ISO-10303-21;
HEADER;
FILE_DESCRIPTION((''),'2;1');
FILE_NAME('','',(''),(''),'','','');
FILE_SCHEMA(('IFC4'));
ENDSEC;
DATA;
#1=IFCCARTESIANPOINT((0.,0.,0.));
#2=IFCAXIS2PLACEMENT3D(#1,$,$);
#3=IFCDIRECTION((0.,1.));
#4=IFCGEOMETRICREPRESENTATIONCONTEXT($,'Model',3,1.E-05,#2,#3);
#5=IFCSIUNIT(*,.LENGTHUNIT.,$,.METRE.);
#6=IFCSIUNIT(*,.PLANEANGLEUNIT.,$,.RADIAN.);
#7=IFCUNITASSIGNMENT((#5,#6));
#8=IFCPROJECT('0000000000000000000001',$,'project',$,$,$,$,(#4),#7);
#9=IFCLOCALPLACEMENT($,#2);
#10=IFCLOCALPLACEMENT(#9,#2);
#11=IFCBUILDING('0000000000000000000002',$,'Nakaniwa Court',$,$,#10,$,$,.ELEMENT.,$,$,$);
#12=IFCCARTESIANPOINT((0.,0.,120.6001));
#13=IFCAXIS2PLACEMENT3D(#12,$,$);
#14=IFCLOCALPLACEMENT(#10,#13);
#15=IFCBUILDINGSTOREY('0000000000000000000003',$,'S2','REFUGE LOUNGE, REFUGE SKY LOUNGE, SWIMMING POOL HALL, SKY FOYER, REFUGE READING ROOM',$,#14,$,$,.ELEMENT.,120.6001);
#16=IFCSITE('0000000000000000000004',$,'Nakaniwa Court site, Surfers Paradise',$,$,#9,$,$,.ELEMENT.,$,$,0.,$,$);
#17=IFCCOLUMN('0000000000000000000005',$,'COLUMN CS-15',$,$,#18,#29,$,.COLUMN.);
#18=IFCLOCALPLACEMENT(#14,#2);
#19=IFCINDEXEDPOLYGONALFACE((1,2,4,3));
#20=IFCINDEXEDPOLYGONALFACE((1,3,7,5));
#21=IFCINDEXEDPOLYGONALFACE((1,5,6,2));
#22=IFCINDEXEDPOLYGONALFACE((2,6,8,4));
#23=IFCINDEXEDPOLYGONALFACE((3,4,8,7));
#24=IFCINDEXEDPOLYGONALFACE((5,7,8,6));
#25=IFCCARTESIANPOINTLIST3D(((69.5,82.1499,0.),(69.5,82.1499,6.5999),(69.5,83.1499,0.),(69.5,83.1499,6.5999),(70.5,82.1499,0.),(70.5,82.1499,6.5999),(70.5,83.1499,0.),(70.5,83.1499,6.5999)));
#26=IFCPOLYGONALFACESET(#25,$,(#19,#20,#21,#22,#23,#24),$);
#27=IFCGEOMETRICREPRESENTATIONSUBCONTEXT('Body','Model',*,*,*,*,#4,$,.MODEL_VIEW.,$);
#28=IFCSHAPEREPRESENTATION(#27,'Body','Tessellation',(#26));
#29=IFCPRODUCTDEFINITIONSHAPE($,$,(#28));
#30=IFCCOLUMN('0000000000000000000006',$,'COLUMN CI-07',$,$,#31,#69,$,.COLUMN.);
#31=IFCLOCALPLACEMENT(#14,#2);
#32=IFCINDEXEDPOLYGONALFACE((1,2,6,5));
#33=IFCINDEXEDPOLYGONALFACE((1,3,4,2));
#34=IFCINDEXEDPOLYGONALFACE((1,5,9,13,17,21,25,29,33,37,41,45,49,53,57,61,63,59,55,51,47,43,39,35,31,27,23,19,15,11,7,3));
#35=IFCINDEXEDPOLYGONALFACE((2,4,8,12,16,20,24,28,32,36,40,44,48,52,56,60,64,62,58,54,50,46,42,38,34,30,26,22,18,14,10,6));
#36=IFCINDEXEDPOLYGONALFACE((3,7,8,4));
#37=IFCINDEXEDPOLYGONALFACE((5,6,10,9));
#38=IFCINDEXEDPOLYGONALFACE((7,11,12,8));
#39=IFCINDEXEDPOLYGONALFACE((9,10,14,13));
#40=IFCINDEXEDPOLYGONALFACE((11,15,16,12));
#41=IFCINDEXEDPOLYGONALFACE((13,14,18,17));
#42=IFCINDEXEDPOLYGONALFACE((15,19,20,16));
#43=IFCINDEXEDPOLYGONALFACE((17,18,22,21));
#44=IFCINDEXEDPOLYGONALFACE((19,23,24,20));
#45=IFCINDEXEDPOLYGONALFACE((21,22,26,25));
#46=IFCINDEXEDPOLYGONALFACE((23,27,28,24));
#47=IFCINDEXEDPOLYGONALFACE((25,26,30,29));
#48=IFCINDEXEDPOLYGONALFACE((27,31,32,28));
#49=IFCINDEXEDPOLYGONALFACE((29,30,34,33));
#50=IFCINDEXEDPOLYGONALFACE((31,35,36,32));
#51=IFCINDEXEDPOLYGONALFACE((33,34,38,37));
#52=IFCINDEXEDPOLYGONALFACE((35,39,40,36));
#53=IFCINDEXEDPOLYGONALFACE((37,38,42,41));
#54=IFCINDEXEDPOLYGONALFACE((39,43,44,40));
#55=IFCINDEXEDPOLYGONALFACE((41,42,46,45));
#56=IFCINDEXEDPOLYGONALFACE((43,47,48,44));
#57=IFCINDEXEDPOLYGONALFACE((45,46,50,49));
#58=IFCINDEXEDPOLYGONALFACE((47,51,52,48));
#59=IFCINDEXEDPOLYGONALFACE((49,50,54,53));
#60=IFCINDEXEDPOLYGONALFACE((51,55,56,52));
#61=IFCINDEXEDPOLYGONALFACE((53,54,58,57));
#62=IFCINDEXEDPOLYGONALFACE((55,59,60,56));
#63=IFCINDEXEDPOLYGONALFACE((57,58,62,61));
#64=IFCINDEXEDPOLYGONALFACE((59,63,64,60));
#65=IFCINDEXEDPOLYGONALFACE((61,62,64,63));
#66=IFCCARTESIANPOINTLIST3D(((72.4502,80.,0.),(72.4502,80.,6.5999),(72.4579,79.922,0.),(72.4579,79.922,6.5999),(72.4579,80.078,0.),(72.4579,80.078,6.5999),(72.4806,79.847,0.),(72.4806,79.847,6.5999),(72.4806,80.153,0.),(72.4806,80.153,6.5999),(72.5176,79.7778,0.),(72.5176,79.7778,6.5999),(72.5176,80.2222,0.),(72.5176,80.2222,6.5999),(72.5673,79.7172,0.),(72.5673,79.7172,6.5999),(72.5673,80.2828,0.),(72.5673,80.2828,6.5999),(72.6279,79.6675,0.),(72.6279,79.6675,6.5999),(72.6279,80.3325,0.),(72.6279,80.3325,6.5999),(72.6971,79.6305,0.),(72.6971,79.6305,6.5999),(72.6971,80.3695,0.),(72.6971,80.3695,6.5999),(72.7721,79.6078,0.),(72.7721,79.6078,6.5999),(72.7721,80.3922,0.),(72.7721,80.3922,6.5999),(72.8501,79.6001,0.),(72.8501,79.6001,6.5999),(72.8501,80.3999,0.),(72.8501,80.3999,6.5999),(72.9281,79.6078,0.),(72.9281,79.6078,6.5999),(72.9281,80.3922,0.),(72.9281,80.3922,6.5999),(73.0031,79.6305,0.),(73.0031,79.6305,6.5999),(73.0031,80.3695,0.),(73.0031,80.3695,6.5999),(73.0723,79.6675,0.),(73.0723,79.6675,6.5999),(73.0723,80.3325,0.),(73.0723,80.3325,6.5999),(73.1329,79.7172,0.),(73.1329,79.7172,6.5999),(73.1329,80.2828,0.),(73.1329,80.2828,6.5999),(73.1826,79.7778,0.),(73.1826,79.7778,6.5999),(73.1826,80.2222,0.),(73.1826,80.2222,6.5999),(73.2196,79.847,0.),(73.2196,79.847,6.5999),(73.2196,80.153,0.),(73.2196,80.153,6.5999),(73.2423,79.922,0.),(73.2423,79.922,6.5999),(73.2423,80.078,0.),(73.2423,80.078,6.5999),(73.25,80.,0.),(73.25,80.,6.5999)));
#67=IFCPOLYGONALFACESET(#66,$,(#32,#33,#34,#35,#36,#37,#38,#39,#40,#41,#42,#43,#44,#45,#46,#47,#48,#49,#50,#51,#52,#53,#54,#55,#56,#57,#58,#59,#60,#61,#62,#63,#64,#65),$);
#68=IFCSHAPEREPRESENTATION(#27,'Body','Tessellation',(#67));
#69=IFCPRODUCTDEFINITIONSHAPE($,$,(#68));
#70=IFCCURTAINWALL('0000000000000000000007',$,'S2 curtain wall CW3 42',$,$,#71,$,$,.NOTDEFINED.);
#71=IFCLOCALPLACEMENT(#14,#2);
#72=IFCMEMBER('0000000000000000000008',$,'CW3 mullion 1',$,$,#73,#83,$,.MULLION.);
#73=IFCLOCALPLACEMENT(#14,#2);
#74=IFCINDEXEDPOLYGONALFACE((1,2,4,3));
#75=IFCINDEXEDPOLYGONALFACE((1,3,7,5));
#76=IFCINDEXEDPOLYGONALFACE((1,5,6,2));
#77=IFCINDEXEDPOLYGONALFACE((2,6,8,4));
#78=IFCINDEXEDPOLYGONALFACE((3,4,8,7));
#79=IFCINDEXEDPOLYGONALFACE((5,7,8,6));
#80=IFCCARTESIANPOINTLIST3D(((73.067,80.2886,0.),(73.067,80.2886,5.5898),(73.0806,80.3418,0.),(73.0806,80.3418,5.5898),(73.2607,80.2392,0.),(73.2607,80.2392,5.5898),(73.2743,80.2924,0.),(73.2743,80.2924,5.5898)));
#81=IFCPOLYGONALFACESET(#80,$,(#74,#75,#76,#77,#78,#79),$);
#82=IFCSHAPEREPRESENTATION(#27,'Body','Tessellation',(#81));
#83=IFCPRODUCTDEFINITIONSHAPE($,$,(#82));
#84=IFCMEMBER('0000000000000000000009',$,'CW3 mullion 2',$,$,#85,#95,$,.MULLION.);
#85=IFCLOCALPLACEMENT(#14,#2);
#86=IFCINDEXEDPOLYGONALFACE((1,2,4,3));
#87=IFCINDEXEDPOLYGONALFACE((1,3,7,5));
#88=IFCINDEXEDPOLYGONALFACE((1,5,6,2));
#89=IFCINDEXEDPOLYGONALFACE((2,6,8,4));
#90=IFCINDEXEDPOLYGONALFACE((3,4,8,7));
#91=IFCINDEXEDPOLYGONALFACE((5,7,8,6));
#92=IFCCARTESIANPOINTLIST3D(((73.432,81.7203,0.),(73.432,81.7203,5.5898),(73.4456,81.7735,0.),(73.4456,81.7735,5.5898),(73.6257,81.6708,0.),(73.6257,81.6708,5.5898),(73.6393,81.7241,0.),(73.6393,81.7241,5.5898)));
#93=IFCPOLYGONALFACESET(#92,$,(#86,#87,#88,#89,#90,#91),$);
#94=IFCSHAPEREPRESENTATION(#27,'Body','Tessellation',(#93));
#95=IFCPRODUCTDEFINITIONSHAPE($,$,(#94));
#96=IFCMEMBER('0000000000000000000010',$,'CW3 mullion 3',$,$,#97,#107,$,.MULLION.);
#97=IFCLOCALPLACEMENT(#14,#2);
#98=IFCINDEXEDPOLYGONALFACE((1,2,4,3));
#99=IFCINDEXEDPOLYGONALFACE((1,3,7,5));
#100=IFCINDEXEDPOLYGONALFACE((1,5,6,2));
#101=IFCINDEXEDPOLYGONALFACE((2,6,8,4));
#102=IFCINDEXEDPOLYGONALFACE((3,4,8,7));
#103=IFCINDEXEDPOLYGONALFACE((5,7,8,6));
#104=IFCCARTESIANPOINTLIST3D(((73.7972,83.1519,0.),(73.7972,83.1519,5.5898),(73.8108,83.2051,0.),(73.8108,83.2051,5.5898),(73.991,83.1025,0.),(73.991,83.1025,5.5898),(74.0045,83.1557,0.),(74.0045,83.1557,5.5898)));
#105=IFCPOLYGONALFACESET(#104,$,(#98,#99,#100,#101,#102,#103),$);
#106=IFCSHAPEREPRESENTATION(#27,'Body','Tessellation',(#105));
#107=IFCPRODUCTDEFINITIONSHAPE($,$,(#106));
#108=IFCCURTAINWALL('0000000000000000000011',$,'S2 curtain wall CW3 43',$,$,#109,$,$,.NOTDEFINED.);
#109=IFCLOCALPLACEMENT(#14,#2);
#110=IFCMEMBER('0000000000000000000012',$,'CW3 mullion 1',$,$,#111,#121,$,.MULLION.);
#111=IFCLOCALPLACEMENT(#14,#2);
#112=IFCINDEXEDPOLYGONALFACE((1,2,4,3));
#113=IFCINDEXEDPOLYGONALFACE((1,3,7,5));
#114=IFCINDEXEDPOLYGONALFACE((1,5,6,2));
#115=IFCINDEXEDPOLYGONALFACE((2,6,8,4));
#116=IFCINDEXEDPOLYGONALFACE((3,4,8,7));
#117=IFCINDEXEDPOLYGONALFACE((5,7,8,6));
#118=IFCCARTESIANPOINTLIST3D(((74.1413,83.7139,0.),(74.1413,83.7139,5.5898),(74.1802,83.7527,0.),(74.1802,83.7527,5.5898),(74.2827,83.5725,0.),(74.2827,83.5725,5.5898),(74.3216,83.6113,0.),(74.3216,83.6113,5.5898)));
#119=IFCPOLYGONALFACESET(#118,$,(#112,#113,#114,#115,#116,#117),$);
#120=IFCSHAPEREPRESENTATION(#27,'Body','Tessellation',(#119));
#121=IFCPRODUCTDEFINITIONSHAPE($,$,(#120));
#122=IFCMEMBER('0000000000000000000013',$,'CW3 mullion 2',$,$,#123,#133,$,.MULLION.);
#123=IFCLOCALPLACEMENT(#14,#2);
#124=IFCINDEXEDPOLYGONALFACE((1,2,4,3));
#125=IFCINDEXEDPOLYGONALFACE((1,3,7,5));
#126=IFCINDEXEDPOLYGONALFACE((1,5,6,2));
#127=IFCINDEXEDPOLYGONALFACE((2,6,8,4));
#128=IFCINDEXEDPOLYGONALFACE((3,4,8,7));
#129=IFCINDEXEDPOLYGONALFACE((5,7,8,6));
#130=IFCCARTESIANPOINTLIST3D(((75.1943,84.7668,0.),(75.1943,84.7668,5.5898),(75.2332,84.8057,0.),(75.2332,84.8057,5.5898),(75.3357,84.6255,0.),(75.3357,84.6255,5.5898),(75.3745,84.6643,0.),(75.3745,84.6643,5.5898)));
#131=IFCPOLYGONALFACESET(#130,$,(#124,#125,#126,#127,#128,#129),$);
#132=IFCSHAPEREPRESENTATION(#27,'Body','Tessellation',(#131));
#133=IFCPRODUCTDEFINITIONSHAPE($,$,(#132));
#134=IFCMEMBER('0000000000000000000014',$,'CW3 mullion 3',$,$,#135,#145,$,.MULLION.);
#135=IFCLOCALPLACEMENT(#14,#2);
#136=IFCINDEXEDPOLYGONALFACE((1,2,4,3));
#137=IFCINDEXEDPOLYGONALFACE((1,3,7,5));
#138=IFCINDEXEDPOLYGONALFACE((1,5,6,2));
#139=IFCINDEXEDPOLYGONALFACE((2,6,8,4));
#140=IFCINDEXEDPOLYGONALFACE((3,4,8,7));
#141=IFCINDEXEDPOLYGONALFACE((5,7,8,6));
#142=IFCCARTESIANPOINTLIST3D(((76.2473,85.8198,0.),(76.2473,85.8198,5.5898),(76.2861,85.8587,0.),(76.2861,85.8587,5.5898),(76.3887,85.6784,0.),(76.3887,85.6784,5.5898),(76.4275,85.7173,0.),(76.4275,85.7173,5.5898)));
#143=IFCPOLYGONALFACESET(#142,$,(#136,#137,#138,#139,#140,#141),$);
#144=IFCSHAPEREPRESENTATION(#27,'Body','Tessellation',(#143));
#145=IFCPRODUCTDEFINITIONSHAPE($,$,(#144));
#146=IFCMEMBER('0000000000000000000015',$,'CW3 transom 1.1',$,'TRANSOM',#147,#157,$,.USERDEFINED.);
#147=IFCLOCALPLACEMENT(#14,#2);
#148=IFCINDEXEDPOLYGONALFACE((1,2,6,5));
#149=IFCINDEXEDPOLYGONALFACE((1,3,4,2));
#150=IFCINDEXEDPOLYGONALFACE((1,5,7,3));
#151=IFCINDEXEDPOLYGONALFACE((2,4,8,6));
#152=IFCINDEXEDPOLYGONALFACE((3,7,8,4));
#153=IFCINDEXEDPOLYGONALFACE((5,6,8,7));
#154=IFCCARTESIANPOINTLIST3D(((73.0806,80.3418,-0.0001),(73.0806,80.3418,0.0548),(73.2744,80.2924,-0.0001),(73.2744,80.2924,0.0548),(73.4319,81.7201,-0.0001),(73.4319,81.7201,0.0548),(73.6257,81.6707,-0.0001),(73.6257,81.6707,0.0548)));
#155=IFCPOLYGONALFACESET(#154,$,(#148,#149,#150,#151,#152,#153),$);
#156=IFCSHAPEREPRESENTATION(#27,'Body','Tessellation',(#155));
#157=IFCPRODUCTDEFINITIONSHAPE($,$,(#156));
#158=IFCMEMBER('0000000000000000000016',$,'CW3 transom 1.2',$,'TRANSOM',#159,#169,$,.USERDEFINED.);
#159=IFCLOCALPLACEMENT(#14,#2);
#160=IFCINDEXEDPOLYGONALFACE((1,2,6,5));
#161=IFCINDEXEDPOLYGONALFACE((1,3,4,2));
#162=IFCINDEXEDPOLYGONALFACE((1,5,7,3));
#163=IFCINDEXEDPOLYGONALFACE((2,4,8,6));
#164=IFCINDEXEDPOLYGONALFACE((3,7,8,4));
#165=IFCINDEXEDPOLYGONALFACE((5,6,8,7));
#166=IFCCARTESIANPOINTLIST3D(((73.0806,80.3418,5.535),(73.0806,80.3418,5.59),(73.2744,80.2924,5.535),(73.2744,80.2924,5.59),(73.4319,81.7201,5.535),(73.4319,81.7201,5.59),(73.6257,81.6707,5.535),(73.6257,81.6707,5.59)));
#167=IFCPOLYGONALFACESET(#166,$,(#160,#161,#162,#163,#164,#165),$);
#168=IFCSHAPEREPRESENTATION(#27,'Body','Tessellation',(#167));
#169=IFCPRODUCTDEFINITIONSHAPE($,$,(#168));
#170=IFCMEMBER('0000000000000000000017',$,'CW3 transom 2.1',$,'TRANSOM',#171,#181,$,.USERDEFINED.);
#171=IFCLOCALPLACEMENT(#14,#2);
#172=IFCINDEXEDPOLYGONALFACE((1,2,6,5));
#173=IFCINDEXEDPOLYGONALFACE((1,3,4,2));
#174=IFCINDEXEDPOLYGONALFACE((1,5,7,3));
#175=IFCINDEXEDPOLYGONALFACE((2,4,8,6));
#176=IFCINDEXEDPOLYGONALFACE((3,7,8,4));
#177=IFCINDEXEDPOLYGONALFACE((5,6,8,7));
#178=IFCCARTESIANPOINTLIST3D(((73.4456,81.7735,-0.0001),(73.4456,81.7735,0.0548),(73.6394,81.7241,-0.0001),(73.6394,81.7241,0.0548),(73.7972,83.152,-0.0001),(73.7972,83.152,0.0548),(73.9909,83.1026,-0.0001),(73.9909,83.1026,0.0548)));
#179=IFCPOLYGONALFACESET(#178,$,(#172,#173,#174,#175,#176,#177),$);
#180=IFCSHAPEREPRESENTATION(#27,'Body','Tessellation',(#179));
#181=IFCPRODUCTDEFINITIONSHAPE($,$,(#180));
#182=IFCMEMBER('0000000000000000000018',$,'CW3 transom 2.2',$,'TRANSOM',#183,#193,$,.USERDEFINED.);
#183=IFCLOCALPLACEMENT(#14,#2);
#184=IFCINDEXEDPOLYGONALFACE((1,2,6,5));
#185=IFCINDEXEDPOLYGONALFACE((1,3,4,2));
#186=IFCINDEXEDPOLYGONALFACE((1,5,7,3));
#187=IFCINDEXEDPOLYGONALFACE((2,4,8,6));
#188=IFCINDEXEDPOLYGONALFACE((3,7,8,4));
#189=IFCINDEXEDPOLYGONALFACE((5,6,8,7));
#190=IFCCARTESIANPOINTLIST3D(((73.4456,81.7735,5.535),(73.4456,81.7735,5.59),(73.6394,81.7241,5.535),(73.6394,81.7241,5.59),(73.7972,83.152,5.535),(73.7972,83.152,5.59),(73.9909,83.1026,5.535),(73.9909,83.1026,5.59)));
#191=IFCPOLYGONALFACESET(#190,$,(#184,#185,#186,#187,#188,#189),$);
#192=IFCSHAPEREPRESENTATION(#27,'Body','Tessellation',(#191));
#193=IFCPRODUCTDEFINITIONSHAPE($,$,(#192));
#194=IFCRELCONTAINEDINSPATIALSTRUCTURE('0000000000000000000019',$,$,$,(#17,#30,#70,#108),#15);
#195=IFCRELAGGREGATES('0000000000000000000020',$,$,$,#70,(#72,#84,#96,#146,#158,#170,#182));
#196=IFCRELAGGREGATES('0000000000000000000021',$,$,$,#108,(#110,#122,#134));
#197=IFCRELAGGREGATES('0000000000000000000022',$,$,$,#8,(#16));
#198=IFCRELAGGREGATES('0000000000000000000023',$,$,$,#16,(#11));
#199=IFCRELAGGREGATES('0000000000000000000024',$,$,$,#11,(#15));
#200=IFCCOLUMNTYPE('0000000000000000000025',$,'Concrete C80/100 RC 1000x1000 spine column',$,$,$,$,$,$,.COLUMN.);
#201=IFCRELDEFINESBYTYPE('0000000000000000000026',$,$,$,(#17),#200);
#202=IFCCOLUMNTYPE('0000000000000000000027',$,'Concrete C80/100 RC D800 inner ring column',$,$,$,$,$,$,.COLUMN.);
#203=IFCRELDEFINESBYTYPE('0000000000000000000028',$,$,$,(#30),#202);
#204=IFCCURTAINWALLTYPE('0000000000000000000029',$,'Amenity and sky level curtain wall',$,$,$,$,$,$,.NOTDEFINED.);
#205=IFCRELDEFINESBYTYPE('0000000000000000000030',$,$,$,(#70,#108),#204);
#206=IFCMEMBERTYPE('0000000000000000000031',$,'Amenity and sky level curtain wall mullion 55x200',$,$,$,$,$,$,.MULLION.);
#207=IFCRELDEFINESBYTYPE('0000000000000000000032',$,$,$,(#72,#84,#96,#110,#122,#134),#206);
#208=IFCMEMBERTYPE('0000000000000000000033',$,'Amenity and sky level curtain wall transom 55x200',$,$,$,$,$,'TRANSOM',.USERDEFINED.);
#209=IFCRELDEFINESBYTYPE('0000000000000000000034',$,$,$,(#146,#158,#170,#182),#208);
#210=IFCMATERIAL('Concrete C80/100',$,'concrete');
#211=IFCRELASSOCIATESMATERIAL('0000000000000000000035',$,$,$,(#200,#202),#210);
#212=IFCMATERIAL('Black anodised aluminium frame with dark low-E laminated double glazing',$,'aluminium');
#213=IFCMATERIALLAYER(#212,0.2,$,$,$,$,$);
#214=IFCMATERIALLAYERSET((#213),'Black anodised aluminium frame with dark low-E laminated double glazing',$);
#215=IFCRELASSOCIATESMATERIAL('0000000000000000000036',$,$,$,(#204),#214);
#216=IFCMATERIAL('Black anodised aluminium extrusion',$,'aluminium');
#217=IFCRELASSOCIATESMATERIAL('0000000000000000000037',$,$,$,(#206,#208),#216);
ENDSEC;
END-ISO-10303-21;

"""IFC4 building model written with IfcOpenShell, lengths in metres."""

from ifc_helpers import new_model, si_unit, direction, frame, origin, origin_2d, place, context, subcontext, project, spatial, rectangle, circle, extrude, material, layer, layer_set, material_profile, profile_set, type_object, element, aggregate, save


model = new_model("IFC4")

# Units and contexts
model_context = context("Model", 3, precision=1e-05, world=origin(), true_north=direction((0.0, 1.0)))
body_context = subcontext(model_context, "Body", "Model", "MODEL_VIEW")
ifc_project = project(units=[si_unit("LENGTHUNIT", "METRE"), si_unit("PLANEANGLEUNIT", "RADIAN")], contexts=[model_context])

# Site, building, storey
site_placement = place(None, origin())
site = spatial("IfcSite", under=ifc_project, at=site_placement, Name="Nakaniwa Court site, Surfers Paradise", CompositionType="ELEMENT", RefElevation=0.0)
building_placement = place(site_placement, origin())
building = spatial("IfcBuilding", under=site, at=building_placement, Name="Nakaniwa Court", CompositionType="ELEMENT")
storey_placement = place(building_placement, frame((0.0, 0.0, 120.6001)))
storey = spatial("IfcBuildingStorey", under=building, at=storey_placement, Name="S2", Description="REFUGE LOUNGE, REFUGE SKY LOUNGE, SWIMMING POOL HALL, SKY FOYER, REFUGE READING ROOM", CompositionType="ELEMENT", Elevation=120.6001)

# Columns
ifc_material_1 = material(Name="Concrete C80/100", Category="concrete")
ifc_material_profile_1 = material_profile(ifc_material_1, rectangle(XDim=1.0, YDim=1.0, at=origin_2d()), Name="Concrete C80/100 RC 1000x1000 spine column")
ifc_profile_set_1 = profile_set([ifc_material_profile_1], Name="Concrete C80/100")
column_type_1 = type_object("IfcColumnType", Name="Concrete C80/100 RC 1000x1000 spine column", PredefinedType="COLUMN", material=ifc_profile_set_1)
column_placement = place(storey_placement, frame((70.0, 82.6499, 0.0), z_axis=(0.0, 0.0, 1.0), x_axis=(0.0, -1.0, 0.0)))
element("IfcColumn", 1, at=column_placement, inside=storey, type_object=column_type_1, Name="COLUMN CS-15", PredefinedType="COLUMN", context=body_context, shape_type="SweptSolid", body=[
    extrude(rectangle(XDim=1.0, YDim=1.0, at=origin_2d()), origin(), (0.0, 0.0, 1.0), 6.5999),
])
ifc_material_profile_2 = material_profile(ifc_material_1, circle(Radius=0.3999, at=origin_2d()), Name="Concrete C80/100 RC D800 inner ring column")
ifc_profile_set_2 = profile_set([ifc_material_profile_2], Name="Concrete C80/100")
column_type_2 = type_object("IfcColumnType", Name="Concrete C80/100 RC D800 inner ring column", PredefinedType="COLUMN", material=ifc_profile_set_2)
for number, where, z_axis, x_axis, name in (
    (2, (72.8501, 80.0, 0.0), (0.0, 0.0, 1.0), (0.0, -1.0, 0.0), "COLUMN CI-07"),
):
    element("IfcColumn", number, at=place(storey_placement, frame(where, z_axis=z_axis, x_axis=x_axis)), inside=storey, type_object=column_type_2, Name=name, PredefinedType="COLUMN", context=body_context, shape_type="SweptSolid", body=[
        extrude(circle(Radius=0.3999, at=origin_2d()), origin(), (0.0, 0.0, 1.0), 6.5999),
    ])

# Curtain walls, members
ifc_material_2 = material(Name="Black anodised aluminium frame with dark low-E laminated double glazing", Category="aluminium")
ifc_layer_1 = layer(ifc_material_2, 0.2)
ifc_layer_set_1 = layer_set([ifc_layer_1], Name="Black anodised aluminium frame with dark low-E laminated double glazing")
curtain_wall_type = type_object("IfcCurtainWallType", Name="Amenity and sky level curtain wall", PredefinedType="NOTDEFINED", material=ifc_layer_set_1)
curtain_wall_1_placement = place(storey_placement, origin())
curtain_wall_1 = element("IfcCurtainWall", 3, at=curtain_wall_1_placement, inside=storey, type_object=curtain_wall_type, Name="S2 curtain wall CW3 42", PredefinedType="NOTDEFINED")
ifc_material_3 = material(Name="Black anodised aluminium extrusion", Category="aluminium")
ifc_material_profile_3 = material_profile(ifc_material_3, rectangle(XDim=0.2, YDim=0.0549, at=origin_2d()), Name="Amenity and sky level curtain wall mullion 55x200")
ifc_profile_set_3 = profile_set([ifc_material_profile_3], Name="Black anodised aluminium extrusion")
member_type_1 = type_object("IfcMemberType", Name="Amenity and sky level curtain wall mullion 55x200", PredefinedType="MULLION", material=ifc_profile_set_3)
member_1_placement = place(storey_placement, frame((73.1707, 80.2905, 0.0), z_axis=(0.0, 0.0, 1.0), x_axis=(-0.968986, 0.247114, 0.0)))
member_1 = element("IfcMember", 4, at=member_1_placement, type_object=member_type_1, Name="CW3 mullion 1", PredefinedType="MULLION", context=body_context, shape_type="SweptSolid", body=[
    extrude(rectangle(XDim=0.2, YDim=0.0549, at=origin_2d()), origin(), (0.0, 0.0, 1.0), 5.5898),
])
member_2_placement = place(storey_placement, frame((73.5356, 81.7222, 0.0), z_axis=(0.0, 0.0, 1.0), x_axis=(-0.968986, 0.247114, 0.0)))
member_2 = element("IfcMember", 5, at=member_2_placement, type_object=member_type_1, Name="CW3 mullion 2", PredefinedType="MULLION", context=body_context, shape_type="SweptSolid", body=[
    extrude(rectangle(XDim=0.2, YDim=0.0549, at=origin_2d()), origin(), (0.0, 0.0, 1.0), 5.5898),
])
member_3_placement = place(storey_placement, frame((73.9009, 83.1538, 0.0), z_axis=(0.0, 0.0, 1.0), x_axis=(-0.968986, 0.247114, 0.0)))
member_3 = element("IfcMember", 6, at=member_3_placement, type_object=member_type_1, Name="CW3 mullion 3", PredefinedType="MULLION", context=body_context, shape_type="SweptSolid", body=[
    extrude(rectangle(XDim=0.2, YDim=0.0549, at=origin_2d()), origin(), (0.0, 0.0, 1.0), 5.5898),
])
curtain_wall_2_placement = place(storey_placement, origin())
curtain_wall_2 = element("IfcCurtainWall", 7, at=curtain_wall_2_placement, inside=storey, type_object=curtain_wall_type, Name="S2 curtain wall CW3 43", PredefinedType="NOTDEFINED")
member_4_placement = place(storey_placement, frame((74.2314, 83.6626, 0.0), z_axis=(0.0, 0.0, 1.0), x_axis=(-0.707107, 0.707107, 0.0)))
member_4 = element("IfcMember", 8, at=member_4_placement, type_object=member_type_1, Name="CW3 mullion 1", PredefinedType="MULLION", context=body_context, shape_type="SweptSolid", body=[
    extrude(rectangle(XDim=0.2, YDim=0.0549, at=origin_2d()), origin(), (0.0, 0.0, 1.0), 5.5898),
])
member_5_placement = place(storey_placement, frame((75.2844, 84.7156, 0.0), z_axis=(0.0, 0.0, 1.0), x_axis=(-0.707107, 0.707107, 0.0)))
member_5 = element("IfcMember", 9, at=member_5_placement, type_object=member_type_1, Name="CW3 mullion 2", PredefinedType="MULLION", context=body_context, shape_type="SweptSolid", body=[
    extrude(rectangle(XDim=0.2, YDim=0.0549, at=origin_2d()), origin(), (0.0, 0.0, 1.0), 5.5898),
])
member_6_placement = place(storey_placement, frame((76.3374, 85.7686, 0.0), z_axis=(0.0, 0.0, 1.0), x_axis=(-0.707107, 0.707107, 0.0)))
member_6 = element("IfcMember", 10, at=member_6_placement, type_object=member_type_1, Name="CW3 mullion 3", PredefinedType="MULLION", context=body_context, shape_type="SweptSolid", body=[
    extrude(rectangle(XDim=0.2, YDim=0.0549, at=origin_2d()), origin(), (0.0, 0.0, 1.0), 5.5898),
])

# Members
ifc_material_profile_4 = material_profile(ifc_material_3, rectangle(XDim=0.2, YDim=0.0549, at=origin_2d()), Name="Amenity and sky level curtain wall transom 55x200")
ifc_profile_set_4 = profile_set([ifc_material_profile_4], Name="Black anodised aluminium extrusion")
member_type_2 = type_object("IfcMemberType", Name="Amenity and sky level curtain wall transom 55x200", ElementType="TRANSOM", PredefinedType="USERDEFINED", material=ifc_profile_set_4)
member_7_placement = place(storey_placement, frame((73.1775, 80.3171, 0.0273), z_axis=(0.246975, 0.969022, 0.0), x_axis=(-0.969022, 0.246975, 0.0)))
member_7 = element("IfcMember", 11, at=member_7_placement, type_object=member_type_2, Name="CW3 transom 1.1", ObjectType="TRANSOM", PredefinedType="USERDEFINED", context=body_context, shape_type="SweptSolid", body=[
    extrude(rectangle(XDim=0.2, YDim=0.0549, at=origin_2d()), origin(), (0.0, 0.0, 1.0), 1.4224),
])
member_8_placement = place(storey_placement, frame((73.1775, 80.3171, 5.5625), z_axis=(0.246975, 0.969022, 0.0), x_axis=(-0.969022, 0.246975, 0.0)))
member_8 = element("IfcMember", 12, at=member_8_placement, type_object=member_type_2, Name="CW3 transom 1.2", ObjectType="TRANSOM", PredefinedType="USERDEFINED", context=body_context, shape_type="SweptSolid", body=[
    extrude(rectangle(XDim=0.2, YDim=0.0549, at=origin_2d()), origin(), (0.0, 0.0, 1.0), 1.4224),
])
member_9_placement = place(storey_placement, frame((73.5425, 81.7488, 0.0273), z_axis=(0.247136, 0.968981, 0.0), x_axis=(-0.968981, 0.247136, 0.0)))
member_9 = element("IfcMember", 13, at=member_9_placement, type_object=member_type_2, Name="CW3 transom 2.1", ObjectType="TRANSOM", PredefinedType="USERDEFINED", context=body_context, shape_type="SweptSolid", body=[
    extrude(rectangle(XDim=0.2, YDim=0.0549, at=origin_2d()), origin(), (0.0, 0.0, 1.0), 1.4226),
])
member_10_placement = place(storey_placement, frame((73.5425, 81.7488, 5.5625), z_axis=(0.247136, 0.968981, 0.0), x_axis=(-0.968981, 0.247136, 0.0)))
member_10 = element("IfcMember", 14, at=member_10_placement, type_object=member_type_2, Name="CW3 transom 2.2", ObjectType="TRANSOM", PredefinedType="USERDEFINED", context=body_context, shape_type="SweptSolid", body=[
    extrude(rectangle(XDim=0.2, YDim=0.0549, at=origin_2d()), origin(), (0.0, 0.0, 1.0), 1.4226),
])

aggregate(curtain_wall_1, [member_1, member_2, member_3, member_7, member_8, member_9, member_10])
aggregate(curtain_wall_2, [member_4, member_5, member_6])

save(model, "model.ifc")
